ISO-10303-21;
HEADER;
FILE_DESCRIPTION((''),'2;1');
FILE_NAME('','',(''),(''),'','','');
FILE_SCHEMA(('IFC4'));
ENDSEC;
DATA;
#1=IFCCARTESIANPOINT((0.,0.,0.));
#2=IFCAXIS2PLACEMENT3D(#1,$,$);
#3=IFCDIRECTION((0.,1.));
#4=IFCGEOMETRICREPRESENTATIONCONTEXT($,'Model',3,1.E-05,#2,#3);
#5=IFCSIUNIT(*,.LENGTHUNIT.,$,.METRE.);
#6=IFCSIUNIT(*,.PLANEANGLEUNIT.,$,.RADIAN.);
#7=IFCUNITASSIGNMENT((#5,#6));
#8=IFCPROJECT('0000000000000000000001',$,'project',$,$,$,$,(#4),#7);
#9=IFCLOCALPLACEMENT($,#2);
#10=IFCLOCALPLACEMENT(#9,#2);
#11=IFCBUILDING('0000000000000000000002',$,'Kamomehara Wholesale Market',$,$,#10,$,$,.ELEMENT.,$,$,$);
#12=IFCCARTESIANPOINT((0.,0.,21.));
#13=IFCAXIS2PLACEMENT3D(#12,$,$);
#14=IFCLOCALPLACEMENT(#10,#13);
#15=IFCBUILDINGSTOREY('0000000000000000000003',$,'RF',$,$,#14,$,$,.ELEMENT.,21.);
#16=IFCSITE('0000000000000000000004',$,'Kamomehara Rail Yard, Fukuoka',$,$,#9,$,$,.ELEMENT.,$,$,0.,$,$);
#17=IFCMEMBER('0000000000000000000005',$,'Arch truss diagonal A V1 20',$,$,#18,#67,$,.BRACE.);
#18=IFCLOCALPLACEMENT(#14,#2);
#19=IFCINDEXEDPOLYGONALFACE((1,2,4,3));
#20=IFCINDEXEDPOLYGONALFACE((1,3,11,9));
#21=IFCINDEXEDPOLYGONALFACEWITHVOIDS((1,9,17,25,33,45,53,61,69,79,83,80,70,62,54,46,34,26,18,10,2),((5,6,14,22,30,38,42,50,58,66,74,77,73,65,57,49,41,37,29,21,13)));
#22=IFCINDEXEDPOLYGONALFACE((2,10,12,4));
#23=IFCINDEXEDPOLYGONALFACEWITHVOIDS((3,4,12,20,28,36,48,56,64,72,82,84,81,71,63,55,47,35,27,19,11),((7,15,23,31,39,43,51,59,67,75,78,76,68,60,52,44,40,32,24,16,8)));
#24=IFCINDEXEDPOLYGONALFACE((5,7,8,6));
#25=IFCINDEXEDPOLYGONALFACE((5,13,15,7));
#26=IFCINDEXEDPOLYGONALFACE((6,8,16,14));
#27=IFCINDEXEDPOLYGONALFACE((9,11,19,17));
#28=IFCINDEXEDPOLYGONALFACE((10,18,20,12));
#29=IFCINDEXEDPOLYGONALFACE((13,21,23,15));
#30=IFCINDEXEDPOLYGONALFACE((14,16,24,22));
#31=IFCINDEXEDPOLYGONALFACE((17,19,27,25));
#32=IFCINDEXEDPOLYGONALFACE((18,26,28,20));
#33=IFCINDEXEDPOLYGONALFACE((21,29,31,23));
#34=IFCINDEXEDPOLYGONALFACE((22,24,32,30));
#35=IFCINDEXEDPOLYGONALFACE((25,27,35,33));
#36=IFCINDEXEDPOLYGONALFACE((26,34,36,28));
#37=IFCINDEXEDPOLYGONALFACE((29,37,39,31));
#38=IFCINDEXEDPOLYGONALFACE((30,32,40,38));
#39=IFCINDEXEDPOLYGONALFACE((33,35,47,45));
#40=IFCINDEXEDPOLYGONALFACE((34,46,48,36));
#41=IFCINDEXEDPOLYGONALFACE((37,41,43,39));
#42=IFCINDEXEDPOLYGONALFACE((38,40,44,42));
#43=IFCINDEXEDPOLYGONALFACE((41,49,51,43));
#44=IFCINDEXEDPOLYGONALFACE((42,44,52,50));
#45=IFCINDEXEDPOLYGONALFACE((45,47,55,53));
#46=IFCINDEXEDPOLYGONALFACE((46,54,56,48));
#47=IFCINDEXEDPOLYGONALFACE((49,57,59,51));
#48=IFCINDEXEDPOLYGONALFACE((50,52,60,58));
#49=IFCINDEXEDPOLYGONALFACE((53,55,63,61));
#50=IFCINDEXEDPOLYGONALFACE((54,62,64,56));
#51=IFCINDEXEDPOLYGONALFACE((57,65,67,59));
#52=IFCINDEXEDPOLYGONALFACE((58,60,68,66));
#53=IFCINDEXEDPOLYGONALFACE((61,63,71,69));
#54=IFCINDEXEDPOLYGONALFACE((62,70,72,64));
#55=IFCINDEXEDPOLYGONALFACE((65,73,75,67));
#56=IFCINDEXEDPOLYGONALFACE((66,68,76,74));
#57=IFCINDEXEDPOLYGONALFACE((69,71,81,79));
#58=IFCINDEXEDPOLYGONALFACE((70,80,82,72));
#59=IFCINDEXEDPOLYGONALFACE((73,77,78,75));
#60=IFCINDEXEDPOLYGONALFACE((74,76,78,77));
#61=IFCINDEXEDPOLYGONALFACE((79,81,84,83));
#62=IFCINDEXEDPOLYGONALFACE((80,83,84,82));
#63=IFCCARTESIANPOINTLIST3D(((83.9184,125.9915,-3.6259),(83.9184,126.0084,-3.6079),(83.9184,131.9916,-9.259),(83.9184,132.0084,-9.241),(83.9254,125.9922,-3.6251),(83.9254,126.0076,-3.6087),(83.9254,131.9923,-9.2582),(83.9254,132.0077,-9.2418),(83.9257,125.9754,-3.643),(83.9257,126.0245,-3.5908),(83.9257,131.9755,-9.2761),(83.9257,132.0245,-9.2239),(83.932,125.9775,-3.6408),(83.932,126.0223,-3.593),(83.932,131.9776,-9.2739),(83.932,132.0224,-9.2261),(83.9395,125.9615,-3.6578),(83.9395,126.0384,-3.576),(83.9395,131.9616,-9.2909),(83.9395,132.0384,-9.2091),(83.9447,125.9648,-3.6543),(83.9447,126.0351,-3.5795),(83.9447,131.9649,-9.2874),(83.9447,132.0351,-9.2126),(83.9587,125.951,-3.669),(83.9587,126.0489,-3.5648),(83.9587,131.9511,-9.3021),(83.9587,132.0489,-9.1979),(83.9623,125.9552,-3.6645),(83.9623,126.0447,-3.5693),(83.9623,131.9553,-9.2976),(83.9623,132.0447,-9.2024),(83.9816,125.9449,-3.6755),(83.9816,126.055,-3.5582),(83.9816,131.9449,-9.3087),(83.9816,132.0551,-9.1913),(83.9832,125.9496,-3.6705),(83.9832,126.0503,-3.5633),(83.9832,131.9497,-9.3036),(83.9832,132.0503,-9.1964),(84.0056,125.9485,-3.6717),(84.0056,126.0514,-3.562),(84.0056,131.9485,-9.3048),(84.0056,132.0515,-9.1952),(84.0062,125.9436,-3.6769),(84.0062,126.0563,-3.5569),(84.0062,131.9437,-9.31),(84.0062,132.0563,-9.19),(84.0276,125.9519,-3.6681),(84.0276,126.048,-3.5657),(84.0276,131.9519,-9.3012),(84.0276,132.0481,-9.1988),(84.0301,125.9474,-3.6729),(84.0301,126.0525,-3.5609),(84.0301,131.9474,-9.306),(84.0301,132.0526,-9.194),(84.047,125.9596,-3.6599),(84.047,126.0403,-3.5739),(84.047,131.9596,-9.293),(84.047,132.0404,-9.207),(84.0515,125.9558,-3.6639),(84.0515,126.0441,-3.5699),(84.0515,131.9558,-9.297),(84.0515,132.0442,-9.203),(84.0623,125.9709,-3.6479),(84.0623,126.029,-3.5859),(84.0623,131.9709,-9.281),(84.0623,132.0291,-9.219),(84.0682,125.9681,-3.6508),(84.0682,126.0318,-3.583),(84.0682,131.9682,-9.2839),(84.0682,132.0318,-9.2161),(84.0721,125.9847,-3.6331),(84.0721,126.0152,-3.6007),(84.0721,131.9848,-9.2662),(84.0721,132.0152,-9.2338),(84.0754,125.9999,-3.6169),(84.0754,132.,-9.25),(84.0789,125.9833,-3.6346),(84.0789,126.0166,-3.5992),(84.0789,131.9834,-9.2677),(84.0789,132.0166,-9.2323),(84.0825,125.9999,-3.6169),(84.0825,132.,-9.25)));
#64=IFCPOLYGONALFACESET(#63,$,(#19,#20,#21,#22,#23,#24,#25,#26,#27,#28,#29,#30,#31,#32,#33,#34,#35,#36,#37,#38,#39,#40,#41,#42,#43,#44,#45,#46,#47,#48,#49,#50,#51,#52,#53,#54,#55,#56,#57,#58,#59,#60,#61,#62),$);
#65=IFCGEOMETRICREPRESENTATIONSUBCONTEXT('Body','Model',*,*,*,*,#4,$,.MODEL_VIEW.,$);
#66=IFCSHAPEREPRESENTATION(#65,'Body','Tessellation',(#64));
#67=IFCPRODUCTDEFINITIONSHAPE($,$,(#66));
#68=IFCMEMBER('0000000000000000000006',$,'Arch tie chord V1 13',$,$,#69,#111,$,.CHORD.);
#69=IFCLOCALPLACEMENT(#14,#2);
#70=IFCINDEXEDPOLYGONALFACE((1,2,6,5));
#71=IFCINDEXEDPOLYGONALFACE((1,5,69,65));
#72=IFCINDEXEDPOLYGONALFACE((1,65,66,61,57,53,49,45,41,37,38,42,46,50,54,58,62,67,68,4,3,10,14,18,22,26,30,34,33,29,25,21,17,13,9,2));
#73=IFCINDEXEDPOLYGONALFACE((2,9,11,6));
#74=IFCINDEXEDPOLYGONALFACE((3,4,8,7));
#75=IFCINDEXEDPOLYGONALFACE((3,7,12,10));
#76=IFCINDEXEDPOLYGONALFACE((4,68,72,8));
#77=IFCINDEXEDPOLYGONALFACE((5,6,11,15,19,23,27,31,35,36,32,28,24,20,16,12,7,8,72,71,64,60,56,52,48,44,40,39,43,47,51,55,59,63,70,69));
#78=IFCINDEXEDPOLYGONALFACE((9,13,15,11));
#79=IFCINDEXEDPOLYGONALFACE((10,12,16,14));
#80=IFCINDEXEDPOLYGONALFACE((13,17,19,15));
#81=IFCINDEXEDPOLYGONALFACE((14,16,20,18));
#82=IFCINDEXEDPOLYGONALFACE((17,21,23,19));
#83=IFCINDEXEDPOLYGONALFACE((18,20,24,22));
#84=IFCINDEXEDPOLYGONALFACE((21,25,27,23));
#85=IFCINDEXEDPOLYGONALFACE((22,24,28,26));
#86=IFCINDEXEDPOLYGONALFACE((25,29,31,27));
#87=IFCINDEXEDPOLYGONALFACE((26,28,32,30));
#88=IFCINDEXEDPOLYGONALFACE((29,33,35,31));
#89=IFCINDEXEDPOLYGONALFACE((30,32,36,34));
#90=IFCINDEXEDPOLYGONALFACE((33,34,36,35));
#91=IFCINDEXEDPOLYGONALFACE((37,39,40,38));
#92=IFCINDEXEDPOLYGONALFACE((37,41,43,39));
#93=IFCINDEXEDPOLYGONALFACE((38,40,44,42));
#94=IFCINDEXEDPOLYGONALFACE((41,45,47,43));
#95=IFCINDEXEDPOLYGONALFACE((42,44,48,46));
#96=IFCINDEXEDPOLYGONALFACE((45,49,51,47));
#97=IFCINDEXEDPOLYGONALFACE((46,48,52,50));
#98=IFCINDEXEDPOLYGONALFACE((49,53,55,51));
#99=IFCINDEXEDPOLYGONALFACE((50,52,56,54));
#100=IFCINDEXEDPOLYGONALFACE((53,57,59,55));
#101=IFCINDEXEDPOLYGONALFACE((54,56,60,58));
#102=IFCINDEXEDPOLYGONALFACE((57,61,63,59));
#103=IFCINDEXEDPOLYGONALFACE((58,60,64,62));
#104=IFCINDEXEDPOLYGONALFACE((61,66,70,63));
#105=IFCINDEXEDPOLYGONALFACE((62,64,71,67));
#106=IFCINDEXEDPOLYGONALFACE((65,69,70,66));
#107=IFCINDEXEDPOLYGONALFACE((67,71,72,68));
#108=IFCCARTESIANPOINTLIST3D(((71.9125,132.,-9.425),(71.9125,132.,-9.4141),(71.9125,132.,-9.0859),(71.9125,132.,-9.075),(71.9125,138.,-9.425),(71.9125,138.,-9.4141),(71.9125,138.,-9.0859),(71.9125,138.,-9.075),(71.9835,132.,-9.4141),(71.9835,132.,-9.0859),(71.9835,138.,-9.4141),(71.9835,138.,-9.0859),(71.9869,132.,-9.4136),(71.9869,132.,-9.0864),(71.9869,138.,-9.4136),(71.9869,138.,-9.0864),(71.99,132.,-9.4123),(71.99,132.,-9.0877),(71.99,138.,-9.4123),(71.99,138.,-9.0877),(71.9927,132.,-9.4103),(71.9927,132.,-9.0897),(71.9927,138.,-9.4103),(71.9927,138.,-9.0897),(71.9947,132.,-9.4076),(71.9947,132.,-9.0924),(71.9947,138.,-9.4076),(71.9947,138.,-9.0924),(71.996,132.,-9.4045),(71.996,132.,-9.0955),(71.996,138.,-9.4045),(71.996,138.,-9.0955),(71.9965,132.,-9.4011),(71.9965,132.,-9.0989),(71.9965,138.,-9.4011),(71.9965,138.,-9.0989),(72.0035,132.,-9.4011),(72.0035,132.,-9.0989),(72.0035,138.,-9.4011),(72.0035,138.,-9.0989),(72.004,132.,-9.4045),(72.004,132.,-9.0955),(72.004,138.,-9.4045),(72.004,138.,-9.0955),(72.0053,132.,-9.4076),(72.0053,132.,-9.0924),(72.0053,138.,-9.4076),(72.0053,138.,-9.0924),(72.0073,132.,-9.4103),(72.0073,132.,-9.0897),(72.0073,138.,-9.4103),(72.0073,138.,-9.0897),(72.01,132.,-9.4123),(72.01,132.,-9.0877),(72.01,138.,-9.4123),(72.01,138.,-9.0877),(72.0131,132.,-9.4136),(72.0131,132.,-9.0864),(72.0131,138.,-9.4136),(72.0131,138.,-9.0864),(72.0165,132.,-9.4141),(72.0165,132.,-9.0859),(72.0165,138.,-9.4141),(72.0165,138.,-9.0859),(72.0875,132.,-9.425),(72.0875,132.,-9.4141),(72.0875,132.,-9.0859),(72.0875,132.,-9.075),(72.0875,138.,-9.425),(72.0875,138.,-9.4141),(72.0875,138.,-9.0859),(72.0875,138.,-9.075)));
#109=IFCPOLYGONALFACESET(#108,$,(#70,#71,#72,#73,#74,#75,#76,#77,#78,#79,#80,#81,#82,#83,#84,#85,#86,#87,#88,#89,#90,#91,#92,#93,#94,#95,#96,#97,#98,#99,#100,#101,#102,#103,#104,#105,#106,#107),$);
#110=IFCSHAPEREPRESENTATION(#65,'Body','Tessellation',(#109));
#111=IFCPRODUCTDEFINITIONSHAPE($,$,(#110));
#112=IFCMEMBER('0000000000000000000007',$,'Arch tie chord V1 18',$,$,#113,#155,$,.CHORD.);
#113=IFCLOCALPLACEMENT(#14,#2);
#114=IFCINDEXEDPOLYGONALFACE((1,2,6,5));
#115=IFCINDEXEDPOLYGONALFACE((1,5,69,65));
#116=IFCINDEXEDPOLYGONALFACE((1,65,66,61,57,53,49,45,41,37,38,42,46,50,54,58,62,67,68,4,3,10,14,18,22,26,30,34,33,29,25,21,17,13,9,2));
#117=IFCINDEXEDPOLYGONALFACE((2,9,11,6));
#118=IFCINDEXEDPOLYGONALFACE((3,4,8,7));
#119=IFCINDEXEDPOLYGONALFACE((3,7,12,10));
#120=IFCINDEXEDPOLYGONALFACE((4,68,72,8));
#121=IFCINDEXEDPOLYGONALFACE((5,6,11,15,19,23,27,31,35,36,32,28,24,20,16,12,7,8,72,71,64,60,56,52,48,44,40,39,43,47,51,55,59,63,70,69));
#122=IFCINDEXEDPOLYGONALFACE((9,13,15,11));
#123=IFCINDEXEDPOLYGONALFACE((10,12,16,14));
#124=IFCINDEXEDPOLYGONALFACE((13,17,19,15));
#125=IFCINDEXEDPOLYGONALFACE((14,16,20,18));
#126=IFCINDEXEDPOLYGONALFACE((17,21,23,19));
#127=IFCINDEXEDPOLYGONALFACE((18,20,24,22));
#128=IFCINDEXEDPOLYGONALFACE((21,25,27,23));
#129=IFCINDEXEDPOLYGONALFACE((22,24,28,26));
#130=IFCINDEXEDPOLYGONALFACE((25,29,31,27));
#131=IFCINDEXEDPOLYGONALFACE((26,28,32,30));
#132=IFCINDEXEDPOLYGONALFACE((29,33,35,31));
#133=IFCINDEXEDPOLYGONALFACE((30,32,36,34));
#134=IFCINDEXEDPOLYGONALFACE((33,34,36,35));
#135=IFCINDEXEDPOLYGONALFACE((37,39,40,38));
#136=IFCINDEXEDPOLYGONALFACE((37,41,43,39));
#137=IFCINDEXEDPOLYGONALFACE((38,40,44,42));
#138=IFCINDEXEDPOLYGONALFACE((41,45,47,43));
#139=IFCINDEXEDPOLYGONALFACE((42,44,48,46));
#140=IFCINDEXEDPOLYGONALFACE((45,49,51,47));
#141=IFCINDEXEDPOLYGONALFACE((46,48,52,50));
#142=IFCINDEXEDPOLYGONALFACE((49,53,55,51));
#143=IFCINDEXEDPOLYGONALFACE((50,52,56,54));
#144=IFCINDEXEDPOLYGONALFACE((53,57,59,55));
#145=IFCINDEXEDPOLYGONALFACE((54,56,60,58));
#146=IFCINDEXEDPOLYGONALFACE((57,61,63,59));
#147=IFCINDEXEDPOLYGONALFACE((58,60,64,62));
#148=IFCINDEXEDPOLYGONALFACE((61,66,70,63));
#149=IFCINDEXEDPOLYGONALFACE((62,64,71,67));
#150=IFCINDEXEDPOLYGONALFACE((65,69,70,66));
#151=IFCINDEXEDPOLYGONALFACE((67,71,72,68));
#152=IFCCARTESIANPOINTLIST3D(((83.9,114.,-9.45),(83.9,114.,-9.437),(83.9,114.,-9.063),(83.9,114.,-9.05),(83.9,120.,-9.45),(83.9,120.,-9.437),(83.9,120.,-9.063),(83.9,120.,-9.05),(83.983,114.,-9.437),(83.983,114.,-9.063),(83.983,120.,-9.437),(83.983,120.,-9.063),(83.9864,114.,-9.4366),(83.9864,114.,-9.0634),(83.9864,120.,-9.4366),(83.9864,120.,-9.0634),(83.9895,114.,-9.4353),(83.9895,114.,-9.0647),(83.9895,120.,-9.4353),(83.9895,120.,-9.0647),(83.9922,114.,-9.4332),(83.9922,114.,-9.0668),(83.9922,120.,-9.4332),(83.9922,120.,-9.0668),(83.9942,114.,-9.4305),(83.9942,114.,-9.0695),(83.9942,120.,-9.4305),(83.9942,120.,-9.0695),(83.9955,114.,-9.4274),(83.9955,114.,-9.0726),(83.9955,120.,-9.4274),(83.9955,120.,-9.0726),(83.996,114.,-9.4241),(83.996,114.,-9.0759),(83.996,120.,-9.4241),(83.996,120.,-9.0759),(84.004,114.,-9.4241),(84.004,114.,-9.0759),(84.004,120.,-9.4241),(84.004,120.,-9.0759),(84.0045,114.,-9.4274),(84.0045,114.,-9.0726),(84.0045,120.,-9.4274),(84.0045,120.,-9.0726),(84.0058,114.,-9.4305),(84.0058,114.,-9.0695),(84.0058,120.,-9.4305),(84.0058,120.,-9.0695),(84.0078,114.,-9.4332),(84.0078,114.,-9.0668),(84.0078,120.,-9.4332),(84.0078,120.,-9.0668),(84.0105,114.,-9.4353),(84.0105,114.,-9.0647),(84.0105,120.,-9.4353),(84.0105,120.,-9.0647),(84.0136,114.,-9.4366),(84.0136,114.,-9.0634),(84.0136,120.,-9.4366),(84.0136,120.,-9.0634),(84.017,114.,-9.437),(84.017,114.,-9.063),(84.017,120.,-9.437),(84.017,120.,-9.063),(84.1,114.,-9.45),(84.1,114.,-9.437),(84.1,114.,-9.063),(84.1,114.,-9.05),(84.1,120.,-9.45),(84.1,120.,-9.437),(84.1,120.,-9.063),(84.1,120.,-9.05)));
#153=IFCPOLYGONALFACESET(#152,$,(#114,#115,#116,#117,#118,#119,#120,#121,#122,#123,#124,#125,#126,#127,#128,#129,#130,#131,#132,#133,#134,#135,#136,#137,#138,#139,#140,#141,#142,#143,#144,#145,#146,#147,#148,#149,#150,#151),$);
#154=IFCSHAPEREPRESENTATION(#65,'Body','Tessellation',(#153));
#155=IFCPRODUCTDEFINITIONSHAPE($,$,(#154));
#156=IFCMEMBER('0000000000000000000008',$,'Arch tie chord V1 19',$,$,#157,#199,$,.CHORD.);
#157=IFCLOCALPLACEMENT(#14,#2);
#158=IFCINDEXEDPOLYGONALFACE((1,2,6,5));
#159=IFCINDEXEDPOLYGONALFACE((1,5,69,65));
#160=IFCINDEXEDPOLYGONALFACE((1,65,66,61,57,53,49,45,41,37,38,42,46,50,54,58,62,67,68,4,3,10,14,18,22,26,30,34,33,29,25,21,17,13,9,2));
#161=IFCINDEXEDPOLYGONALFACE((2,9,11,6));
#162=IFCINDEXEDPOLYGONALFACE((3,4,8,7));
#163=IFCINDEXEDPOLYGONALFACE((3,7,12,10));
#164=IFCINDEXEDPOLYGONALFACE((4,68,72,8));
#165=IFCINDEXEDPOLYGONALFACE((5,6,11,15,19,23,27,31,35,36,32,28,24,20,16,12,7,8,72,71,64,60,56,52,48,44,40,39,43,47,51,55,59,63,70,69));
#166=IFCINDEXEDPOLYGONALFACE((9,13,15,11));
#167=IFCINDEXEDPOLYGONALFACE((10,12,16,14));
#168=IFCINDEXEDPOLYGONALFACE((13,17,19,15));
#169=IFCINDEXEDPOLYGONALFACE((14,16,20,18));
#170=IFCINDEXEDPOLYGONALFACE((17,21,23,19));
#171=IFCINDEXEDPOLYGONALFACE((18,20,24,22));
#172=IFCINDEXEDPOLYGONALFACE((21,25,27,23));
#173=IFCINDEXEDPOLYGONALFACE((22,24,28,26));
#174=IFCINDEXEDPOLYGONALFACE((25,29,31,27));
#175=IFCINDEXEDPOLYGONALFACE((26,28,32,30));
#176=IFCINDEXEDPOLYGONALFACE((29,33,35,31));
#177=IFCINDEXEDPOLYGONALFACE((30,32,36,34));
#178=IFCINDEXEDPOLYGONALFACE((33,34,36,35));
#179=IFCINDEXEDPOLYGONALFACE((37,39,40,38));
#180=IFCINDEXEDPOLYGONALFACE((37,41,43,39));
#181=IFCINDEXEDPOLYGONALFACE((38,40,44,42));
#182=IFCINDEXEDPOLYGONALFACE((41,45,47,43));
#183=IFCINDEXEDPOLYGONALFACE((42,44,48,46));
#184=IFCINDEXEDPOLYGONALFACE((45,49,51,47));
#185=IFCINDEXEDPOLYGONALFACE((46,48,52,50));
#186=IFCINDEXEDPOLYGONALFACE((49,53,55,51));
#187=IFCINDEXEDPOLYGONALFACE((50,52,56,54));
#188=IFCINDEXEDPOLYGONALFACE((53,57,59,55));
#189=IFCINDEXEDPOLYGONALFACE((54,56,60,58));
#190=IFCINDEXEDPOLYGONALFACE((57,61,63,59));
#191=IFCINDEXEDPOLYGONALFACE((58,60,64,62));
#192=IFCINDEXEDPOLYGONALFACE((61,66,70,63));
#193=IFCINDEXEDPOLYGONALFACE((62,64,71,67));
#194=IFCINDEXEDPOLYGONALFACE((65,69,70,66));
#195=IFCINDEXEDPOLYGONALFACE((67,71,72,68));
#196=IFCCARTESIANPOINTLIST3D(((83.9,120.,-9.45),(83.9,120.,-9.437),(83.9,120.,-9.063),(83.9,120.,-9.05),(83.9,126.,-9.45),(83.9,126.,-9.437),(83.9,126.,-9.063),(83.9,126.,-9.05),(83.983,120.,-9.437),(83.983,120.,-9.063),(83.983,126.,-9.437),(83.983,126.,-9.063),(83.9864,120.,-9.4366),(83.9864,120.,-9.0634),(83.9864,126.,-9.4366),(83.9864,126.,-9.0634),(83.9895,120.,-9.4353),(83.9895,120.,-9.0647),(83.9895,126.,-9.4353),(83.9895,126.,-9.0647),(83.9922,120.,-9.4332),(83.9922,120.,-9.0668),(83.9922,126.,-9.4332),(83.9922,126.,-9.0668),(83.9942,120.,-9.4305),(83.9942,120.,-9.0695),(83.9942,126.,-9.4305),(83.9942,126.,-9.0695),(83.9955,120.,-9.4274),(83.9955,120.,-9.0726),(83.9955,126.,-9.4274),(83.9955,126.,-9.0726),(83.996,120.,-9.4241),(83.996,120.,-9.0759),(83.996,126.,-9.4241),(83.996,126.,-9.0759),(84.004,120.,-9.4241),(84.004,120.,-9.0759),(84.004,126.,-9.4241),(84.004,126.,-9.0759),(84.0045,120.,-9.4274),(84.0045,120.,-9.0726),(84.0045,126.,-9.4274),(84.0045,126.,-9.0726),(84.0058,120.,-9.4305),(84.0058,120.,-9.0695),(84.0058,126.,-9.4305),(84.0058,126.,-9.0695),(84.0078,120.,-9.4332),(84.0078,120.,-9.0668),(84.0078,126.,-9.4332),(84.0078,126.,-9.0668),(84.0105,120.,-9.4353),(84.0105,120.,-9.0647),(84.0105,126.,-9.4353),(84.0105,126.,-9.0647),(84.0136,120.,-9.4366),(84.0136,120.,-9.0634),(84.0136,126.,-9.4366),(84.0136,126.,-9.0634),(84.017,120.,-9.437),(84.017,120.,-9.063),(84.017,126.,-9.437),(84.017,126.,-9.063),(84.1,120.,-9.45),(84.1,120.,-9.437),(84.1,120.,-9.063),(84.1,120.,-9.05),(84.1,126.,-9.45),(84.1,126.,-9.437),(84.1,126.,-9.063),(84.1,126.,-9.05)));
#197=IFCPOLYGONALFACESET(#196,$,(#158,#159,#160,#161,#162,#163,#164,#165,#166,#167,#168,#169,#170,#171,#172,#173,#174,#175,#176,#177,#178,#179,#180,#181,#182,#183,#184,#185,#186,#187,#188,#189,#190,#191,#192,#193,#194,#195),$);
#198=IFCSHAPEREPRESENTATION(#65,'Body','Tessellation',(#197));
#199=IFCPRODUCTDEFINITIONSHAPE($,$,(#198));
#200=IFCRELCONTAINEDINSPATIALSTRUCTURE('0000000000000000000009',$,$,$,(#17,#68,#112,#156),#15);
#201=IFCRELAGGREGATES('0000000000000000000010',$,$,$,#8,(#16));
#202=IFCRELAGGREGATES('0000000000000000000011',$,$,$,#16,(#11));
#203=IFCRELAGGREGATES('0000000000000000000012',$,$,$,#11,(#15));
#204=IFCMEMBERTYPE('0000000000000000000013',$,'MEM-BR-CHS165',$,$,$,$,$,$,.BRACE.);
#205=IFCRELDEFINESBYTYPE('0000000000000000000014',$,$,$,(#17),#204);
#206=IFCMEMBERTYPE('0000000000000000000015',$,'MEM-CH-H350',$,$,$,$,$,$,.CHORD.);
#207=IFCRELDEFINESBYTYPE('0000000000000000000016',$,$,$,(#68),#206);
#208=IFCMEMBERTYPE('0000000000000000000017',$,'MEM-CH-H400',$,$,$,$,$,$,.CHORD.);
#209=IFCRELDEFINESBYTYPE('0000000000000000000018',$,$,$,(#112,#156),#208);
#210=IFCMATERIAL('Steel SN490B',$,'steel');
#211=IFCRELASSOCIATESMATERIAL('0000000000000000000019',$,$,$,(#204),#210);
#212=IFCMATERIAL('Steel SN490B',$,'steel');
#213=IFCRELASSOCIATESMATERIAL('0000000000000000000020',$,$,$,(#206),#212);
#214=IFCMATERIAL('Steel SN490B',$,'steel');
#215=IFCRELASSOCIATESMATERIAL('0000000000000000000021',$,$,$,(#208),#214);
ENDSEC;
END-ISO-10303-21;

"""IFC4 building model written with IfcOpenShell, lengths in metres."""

from ifc_helpers import new_model, si_unit, direction, frame, origin, origin_2d, place, context, subcontext, project, spatial, hollow_circle, i_section, extrude, material, material_profile, profile_set, type_object, element, save


model = new_model("IFC4")

# Units and contexts
model_context = context("Model", 3, precision=1e-05, world=origin(), true_north=direction((0.0, 1.0)))
body_context = subcontext(model_context, "Body", "Model", "MODEL_VIEW")
ifc_project = project(units=[si_unit("LENGTHUNIT", "METRE"), si_unit("PLANEANGLEUNIT", "RADIAN")], contexts=[model_context])

# Site, building, storey
site_placement = place(None, origin())
site = spatial("IfcSite", under=ifc_project, at=site_placement, Name="Kamomehara Rail Yard, Fukuoka", CompositionType="ELEMENT", RefElevation=0.0)
building_placement = place(site_placement, origin())
building = spatial("IfcBuilding", under=site, at=building_placement, Name="Kamomehara Wholesale Market", CompositionType="ELEMENT")
storey_placement = place(building_placement, frame((0.0, 0.0, 21.0)))
storey = spatial("IfcBuildingStorey", under=building, at=storey_placement, Name="RF", CompositionType="ELEMENT", Elevation=21.0)

# Members
ifc_material_1 = material(Name="Steel SN490B", Category="steel")
ifc_material_profile_1 = material_profile(ifc_material_1, hollow_circle(Radius=0.0825, WallThickness=0.0071, at=origin_2d()), Name="CHS-165.2x7.1")
ifc_profile_set_1 = profile_set([ifc_material_profile_1], Name="Steel SN490B")
member_type_1 = type_object("IfcMemberType", Name="MEM-BR-CHS165", PredefinedType="BRACE", material=ifc_profile_set_1)
member_1_placement = place(storey_placement, frame((84.0, 132.0, -9.25), z_axis=(0.0, -0.729049, 0.684462), x_axis=(1.0, 0.0, 0.0)))
element("IfcMember", 1, at=member_1_placement, inside=storey, type_object=member_type_1, Name="Arch truss diagonal A V1 20", PredefinedType="BRACE", context=body_context, shape_type="SweptSolid", body=[
    extrude(hollow_circle(Radius=0.0825, WallThickness=0.0071, at=origin_2d()), origin(), (0.0, 0.0, 1.0), 8.23),
])
ifc_material_2 = material(Name="Steel SN490B", Category="steel")
ifc_material_profile_2 = material_profile(ifc_material_2, i_section(OverallWidth=0.175, OverallDepth=0.3501, WebThickness=0.0071, FlangeThickness=0.011, FilletRadius=0.0129, at=origin_2d()), Name="H-350x175x7x11")
ifc_profile_set_2 = profile_set([ifc_material_profile_2], Name="Steel SN490B")
member_type_2 = type_object("IfcMemberType", Name="MEM-CH-H350", PredefinedType="CHORD", material=ifc_profile_set_2)
member_2_placement = place(storey_placement, frame((72.0, 132.0, -9.25), z_axis=(0.0, 1.0, 0.0), x_axis=(-1.0, 0.0, 0.0)))
element("IfcMember", 2, at=member_2_placement, inside=storey, type_object=member_type_2, Name="Arch tie chord V1 13", PredefinedType="CHORD", context=body_context, shape_type="SweptSolid", body=[
    extrude(i_section(OverallWidth=0.175, OverallDepth=0.3501, WebThickness=0.0071, FlangeThickness=0.011, FilletRadius=0.0129, at=origin_2d()), origin(), (0.0, 0.0, 1.0), 6.0),
])
ifc_material_3 = material(Name="Steel SN490B", Category="steel")
ifc_material_profile_3 = material_profile(ifc_material_3, i_section(OverallWidth=0.2, OverallDepth=0.3999, WebThickness=0.0081, FlangeThickness=0.0129, FilletRadius=0.0129, at=origin_2d()), Name="H-400x200x8x13")
ifc_profile_set_3 = profile_set([ifc_material_profile_3], Name="Steel SN490B")
member_type_3 = type_object("IfcMemberType", Name="MEM-CH-H400", PredefinedType="CHORD", material=ifc_profile_set_3)
for number, where, z_axis, x_axis, name in (
    (3, (84.0, 114.0, -9.25), (0.0, 1.0, 0.0), (-1.0, 0.0, 0.0), "Arch tie chord V1 18"),
    (4, (84.0, 120.0, -9.25), (0.0, 1.0, 0.0), (-1.0, 0.0, 0.0), "Arch tie chord V1 19"),
):
    element("IfcMember", number, at=place(storey_placement, frame(where, z_axis=z_axis, x_axis=x_axis)), inside=storey, type_object=member_type_3, Name=name, PredefinedType="CHORD", context=body_context, shape_type="SweptSolid", body=[
        extrude(i_section(OverallWidth=0.2, OverallDepth=0.3999, WebThickness=0.0081, FlangeThickness=0.0129, FilletRadius=0.0129, at=origin_2d()), origin(), (0.0, 0.0, 1.0), 6.0),
    ])

save(model, "model.ifc")
